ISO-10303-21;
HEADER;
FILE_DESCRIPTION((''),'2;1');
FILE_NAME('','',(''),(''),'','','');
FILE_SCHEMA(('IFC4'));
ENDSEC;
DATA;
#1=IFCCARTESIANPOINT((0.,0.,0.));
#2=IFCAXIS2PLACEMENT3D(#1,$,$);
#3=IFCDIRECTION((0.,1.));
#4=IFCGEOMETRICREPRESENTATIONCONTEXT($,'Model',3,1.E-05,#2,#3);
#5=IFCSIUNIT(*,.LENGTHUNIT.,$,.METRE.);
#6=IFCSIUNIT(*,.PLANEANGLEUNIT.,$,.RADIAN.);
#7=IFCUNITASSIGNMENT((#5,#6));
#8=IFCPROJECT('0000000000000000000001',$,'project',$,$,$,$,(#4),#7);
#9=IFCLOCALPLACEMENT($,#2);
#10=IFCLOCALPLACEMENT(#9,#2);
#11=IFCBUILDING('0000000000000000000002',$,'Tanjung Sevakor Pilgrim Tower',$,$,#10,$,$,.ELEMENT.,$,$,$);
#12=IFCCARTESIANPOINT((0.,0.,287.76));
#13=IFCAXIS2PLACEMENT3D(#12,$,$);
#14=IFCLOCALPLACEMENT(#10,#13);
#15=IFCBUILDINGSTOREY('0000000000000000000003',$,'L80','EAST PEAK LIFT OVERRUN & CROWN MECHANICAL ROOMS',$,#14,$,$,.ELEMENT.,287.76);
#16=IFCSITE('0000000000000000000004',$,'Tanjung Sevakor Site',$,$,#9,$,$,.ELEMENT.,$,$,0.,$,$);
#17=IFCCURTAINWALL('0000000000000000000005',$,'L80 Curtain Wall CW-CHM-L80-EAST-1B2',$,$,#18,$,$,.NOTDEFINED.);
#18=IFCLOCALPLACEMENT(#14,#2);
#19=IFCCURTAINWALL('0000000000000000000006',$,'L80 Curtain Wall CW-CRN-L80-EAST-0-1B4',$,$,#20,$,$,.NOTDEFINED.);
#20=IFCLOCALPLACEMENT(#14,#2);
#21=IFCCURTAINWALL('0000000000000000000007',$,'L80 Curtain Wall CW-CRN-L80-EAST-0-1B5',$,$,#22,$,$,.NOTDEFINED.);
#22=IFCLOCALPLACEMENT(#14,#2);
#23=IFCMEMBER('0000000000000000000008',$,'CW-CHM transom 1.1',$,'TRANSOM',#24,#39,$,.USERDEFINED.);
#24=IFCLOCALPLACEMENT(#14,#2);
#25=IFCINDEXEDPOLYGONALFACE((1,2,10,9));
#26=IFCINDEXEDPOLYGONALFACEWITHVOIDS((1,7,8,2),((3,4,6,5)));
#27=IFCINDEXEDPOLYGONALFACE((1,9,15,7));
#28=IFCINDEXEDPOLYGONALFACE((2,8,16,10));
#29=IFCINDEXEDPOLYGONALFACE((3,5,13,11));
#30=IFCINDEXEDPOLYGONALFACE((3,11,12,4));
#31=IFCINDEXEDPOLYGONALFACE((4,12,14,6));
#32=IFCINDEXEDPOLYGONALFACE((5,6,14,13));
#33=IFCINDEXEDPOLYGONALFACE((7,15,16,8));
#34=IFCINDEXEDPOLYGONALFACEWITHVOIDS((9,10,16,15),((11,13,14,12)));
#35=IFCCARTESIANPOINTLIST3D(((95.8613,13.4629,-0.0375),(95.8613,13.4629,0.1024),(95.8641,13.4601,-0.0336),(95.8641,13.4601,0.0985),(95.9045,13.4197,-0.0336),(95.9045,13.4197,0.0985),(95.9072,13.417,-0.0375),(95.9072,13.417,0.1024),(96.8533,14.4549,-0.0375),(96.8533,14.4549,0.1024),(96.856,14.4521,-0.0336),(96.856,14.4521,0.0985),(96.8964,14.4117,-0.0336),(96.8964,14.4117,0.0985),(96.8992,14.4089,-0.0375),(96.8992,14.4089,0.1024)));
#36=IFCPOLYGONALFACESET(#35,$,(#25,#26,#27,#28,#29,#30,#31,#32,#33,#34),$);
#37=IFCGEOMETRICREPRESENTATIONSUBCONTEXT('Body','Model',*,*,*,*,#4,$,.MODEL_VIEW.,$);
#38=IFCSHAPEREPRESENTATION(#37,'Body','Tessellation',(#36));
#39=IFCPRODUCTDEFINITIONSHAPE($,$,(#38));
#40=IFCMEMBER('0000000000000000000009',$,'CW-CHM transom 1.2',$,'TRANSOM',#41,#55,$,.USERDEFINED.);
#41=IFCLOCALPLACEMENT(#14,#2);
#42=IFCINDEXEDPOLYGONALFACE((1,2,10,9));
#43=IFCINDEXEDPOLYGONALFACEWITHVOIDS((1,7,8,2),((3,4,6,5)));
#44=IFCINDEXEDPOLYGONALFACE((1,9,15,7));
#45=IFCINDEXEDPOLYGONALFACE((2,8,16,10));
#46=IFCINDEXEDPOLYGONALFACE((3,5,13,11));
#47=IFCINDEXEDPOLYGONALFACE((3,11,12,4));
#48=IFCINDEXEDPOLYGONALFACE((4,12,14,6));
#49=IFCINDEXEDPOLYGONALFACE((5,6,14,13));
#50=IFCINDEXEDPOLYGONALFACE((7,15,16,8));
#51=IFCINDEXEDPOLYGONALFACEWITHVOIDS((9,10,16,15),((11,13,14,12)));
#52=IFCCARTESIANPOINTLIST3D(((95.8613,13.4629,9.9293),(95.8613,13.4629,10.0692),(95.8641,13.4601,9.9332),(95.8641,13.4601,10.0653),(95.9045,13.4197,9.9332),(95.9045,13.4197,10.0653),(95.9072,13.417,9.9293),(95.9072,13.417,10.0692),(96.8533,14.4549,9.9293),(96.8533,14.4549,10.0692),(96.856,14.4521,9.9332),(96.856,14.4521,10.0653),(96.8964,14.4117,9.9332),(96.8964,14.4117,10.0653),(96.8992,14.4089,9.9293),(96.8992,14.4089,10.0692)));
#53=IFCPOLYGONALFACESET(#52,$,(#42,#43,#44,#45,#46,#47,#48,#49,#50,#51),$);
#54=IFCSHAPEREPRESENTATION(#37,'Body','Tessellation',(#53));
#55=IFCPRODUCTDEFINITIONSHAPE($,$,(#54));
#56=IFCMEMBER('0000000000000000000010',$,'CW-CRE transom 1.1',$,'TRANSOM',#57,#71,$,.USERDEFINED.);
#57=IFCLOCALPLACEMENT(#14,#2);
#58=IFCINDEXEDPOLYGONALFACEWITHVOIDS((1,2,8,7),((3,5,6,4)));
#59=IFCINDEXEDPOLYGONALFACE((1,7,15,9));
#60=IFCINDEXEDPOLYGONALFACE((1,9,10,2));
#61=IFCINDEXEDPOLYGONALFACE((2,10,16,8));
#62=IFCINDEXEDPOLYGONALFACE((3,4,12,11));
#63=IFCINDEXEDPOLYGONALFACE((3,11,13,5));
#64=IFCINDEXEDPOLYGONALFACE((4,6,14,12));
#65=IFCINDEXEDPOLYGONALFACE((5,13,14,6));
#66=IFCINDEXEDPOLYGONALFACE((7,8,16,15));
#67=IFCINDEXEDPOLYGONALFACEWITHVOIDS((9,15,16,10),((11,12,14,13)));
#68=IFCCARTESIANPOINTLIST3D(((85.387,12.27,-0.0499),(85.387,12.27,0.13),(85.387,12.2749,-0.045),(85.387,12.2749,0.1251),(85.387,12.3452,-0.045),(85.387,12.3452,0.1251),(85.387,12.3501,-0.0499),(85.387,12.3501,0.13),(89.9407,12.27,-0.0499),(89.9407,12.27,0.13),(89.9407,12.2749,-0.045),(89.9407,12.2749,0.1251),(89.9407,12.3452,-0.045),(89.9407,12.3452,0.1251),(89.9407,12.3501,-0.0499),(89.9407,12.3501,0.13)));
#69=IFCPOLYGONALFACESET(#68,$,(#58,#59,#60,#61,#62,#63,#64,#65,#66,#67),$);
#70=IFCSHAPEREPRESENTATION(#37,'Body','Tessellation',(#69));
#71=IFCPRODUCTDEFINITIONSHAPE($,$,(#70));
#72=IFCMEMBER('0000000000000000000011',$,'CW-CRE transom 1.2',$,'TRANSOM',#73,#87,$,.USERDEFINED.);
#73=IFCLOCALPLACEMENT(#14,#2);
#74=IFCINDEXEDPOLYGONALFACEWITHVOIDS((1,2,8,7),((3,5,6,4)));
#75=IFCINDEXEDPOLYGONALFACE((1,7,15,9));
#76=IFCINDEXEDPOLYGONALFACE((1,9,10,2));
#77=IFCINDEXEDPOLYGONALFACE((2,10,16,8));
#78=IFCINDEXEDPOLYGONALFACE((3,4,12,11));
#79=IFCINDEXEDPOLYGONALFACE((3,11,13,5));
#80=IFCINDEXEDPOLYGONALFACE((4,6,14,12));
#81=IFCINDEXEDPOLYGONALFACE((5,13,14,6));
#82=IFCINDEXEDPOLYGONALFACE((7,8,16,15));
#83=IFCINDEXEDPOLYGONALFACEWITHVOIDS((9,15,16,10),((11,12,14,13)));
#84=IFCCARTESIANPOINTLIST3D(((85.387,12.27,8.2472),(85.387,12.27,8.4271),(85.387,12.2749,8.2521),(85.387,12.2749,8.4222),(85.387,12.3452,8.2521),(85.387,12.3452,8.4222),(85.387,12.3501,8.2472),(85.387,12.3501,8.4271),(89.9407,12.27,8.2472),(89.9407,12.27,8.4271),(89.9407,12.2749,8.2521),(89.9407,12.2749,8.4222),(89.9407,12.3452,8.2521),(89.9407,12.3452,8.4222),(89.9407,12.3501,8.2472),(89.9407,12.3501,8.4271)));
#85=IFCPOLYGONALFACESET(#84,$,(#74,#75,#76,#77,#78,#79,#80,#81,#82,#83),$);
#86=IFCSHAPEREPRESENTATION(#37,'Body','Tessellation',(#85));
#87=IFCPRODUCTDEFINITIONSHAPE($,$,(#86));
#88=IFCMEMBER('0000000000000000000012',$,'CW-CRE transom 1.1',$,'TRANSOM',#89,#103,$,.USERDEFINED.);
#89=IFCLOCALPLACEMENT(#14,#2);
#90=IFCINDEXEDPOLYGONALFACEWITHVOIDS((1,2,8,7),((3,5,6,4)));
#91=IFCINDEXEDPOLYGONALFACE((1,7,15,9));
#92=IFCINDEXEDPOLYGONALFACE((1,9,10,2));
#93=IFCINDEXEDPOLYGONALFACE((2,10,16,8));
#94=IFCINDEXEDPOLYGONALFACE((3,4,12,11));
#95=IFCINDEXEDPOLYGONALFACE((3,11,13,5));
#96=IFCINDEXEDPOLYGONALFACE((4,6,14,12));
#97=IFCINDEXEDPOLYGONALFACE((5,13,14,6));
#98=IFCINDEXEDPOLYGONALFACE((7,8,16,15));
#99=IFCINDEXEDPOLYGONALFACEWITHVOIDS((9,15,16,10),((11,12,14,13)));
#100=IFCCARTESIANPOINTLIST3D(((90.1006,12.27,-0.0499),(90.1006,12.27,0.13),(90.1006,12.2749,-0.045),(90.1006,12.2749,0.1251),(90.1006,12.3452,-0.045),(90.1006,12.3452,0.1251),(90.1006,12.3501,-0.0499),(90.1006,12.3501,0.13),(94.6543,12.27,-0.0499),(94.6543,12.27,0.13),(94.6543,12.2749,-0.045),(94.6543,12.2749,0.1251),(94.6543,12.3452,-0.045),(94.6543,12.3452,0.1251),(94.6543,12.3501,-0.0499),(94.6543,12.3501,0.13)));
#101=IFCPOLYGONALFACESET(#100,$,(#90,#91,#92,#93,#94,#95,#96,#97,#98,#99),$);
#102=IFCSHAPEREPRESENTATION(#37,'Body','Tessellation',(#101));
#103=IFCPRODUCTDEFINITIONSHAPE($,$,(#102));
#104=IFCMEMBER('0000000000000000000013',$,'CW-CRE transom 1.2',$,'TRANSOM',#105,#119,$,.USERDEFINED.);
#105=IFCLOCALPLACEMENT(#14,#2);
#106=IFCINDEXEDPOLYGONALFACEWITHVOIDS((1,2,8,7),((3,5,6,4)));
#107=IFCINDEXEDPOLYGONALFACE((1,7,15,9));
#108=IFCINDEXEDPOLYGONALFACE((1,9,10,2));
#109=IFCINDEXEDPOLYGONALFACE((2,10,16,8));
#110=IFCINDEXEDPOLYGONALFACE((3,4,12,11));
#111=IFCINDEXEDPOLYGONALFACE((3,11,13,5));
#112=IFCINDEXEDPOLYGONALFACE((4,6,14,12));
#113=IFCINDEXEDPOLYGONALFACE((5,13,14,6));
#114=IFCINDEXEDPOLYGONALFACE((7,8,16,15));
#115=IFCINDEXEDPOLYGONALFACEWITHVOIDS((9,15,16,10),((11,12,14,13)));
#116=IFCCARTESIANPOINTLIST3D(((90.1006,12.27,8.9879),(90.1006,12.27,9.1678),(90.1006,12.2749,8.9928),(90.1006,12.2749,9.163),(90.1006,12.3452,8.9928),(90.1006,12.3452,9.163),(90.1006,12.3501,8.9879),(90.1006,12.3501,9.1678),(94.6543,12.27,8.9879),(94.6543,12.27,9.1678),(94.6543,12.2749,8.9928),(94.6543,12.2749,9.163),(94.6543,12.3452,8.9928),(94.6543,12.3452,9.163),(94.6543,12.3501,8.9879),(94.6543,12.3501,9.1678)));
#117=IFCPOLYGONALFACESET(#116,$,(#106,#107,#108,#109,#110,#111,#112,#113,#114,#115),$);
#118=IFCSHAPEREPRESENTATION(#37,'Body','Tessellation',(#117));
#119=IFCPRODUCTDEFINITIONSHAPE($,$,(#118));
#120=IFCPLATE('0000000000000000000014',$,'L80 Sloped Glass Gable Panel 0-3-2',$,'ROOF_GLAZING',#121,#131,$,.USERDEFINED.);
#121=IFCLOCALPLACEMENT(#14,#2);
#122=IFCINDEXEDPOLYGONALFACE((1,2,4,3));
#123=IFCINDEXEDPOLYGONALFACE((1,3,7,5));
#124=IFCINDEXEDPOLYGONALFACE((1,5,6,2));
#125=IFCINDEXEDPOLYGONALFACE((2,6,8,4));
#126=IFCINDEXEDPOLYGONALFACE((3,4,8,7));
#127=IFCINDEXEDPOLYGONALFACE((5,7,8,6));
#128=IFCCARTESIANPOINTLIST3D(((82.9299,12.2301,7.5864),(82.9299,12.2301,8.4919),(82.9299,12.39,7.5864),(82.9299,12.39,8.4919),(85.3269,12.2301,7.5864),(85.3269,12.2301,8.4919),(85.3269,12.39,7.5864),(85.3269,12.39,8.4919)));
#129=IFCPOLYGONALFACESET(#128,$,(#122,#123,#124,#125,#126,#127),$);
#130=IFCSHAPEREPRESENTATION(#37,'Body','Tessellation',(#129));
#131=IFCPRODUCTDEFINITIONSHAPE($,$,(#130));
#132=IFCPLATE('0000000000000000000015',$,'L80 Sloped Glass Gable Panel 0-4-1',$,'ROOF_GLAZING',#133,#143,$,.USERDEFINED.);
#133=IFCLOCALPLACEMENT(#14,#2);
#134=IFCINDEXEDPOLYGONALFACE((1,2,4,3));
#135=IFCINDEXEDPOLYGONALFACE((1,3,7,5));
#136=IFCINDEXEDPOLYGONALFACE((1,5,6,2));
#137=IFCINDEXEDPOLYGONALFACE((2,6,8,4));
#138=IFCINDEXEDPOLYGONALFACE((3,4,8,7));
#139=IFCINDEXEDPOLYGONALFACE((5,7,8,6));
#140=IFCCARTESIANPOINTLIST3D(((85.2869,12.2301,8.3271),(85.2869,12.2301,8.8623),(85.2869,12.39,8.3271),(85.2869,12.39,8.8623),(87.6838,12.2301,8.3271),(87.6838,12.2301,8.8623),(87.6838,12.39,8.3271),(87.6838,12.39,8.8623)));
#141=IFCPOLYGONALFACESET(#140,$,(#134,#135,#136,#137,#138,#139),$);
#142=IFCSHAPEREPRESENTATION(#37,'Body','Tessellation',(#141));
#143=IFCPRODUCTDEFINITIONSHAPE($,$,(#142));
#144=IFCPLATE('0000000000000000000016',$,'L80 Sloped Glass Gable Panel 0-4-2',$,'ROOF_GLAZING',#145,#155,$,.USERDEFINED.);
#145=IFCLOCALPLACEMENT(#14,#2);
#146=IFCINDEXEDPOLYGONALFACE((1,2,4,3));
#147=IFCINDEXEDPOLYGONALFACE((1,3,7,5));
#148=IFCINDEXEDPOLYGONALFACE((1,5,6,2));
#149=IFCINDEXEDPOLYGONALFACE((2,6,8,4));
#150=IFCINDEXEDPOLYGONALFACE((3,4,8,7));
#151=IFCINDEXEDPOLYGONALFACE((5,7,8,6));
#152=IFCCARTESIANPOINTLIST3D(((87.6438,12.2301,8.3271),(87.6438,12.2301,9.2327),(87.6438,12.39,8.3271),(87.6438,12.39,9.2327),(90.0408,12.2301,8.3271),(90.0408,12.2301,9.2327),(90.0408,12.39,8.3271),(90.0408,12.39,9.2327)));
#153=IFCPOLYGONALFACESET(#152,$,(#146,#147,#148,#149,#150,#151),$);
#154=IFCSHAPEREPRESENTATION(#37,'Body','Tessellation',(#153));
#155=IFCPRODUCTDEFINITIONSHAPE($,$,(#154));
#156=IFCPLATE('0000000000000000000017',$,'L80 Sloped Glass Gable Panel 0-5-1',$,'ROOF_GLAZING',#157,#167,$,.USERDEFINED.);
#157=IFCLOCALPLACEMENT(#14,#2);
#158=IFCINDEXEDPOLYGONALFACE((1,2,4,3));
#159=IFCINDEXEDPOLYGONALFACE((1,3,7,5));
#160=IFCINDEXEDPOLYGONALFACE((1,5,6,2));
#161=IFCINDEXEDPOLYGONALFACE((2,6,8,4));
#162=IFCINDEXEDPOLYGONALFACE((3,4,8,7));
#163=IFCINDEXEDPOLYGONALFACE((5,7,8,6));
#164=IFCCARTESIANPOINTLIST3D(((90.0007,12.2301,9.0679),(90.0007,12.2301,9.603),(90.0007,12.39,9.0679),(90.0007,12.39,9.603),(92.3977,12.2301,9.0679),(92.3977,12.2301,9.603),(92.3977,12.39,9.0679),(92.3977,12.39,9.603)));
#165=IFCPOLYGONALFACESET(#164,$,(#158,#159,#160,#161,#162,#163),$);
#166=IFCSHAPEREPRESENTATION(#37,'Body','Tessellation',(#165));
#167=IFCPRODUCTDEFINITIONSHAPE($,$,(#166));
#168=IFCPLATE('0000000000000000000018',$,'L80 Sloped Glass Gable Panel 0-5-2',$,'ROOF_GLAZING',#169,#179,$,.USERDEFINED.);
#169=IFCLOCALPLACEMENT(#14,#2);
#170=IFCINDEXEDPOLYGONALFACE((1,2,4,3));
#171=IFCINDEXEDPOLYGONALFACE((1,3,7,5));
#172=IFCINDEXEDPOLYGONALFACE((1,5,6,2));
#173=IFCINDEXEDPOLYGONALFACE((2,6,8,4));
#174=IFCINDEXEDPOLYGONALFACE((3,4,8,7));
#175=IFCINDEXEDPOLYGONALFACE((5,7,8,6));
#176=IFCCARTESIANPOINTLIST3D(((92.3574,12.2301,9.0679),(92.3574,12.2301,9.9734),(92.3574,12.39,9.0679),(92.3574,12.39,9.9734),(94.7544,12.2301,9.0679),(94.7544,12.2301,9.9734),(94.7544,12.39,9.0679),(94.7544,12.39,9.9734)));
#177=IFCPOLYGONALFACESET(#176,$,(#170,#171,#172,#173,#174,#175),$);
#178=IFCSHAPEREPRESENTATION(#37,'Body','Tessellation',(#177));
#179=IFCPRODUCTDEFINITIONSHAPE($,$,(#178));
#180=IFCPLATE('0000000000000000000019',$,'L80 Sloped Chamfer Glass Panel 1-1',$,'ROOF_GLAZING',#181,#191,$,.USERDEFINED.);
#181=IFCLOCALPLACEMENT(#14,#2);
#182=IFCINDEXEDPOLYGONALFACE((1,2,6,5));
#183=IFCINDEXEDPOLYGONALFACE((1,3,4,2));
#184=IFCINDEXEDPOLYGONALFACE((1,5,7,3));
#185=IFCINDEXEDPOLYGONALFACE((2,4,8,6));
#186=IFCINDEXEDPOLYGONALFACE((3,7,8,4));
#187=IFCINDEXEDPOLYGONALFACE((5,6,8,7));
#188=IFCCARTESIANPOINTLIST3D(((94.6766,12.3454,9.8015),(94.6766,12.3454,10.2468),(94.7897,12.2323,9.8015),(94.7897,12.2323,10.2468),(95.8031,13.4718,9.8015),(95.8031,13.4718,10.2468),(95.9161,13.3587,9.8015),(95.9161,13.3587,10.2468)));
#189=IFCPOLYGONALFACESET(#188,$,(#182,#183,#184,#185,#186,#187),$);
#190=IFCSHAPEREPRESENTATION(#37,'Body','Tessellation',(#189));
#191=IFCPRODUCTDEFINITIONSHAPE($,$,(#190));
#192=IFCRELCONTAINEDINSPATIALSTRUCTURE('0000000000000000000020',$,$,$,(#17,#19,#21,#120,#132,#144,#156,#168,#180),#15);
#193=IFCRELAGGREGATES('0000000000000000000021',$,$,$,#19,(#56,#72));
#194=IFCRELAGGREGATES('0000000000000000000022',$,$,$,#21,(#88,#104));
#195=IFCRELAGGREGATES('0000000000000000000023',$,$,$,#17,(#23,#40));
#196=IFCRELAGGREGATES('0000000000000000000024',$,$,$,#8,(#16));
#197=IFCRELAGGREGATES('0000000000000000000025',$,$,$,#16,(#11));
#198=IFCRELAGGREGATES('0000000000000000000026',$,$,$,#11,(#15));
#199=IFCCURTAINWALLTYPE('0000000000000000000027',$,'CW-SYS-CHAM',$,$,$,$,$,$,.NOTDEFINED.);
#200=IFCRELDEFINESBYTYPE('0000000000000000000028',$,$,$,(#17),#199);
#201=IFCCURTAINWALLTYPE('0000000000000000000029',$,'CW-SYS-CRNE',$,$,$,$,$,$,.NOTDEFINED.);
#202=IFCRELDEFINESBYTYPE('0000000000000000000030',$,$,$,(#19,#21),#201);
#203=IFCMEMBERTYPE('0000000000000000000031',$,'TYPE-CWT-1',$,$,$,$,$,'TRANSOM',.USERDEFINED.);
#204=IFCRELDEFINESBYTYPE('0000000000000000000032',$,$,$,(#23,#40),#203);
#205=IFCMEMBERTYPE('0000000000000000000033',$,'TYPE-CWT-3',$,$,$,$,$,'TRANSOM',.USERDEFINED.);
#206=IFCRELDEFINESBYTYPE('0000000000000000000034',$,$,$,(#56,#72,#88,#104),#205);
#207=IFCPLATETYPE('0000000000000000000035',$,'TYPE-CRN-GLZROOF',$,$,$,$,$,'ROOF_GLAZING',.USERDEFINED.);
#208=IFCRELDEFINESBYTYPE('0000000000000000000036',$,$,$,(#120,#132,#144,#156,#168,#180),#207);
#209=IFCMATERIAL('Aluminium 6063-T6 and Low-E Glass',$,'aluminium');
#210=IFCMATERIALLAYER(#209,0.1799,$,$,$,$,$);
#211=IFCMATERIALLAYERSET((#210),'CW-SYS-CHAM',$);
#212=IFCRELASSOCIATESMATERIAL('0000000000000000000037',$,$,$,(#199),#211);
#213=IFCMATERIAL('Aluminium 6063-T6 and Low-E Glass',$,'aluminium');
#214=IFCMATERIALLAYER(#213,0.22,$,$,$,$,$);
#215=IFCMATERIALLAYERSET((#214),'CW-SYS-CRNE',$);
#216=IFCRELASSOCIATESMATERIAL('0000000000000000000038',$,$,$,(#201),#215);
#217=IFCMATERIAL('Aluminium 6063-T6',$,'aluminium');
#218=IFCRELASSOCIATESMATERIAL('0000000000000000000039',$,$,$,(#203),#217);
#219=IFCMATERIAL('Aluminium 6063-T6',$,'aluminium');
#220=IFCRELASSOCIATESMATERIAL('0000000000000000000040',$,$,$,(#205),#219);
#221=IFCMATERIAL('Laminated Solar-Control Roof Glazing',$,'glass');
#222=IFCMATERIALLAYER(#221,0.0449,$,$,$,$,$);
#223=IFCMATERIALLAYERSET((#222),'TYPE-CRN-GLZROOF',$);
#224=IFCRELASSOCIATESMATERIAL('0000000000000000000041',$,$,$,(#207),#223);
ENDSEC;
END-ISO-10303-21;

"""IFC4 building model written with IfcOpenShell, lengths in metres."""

from ifc_helpers import new_model, si_unit, direction, frame, origin, origin_2d, place, context, subcontext, project, spatial, rectangle, hollow_rectangle, extrude, material, layer, layer_set, material_profile, profile_set, type_object, element, aggregate, save


model = new_model("IFC4")

# Units and contexts
model_context = context("Model", 3, precision=1e-05, world=origin(), true_north=direction((0.0, 1.0)))
body_context = subcontext(model_context, "Body", "Model", "MODEL_VIEW")
ifc_project = project(units=[si_unit("LENGTHUNIT", "METRE"), si_unit("PLANEANGLEUNIT", "RADIAN")], contexts=[model_context])

# Site, building, storey
site_placement = place(None, origin())
site = spatial("IfcSite", under=ifc_project, at=site_placement, Name="Tanjung Sevakor Site", CompositionType="ELEMENT", RefElevation=0.0)
building_placement = place(site_placement, origin())
building = spatial("IfcBuilding", under=site, at=building_placement, Name="Tanjung Sevakor Pilgrim Tower", CompositionType="ELEMENT")
storey_placement = place(building_placement, frame((0.0, 0.0, 287.76)))
storey = spatial("IfcBuildingStorey", under=building, at=storey_placement, Name="L80", Description="EAST PEAK LIFT OVERRUN & CROWN MECHANICAL ROOMS", CompositionType="ELEMENT", Elevation=287.76)

# Curtain wall
ifc_material_1 = material(Name="Aluminium 6063-T6 and Low-E Glass", Category="aluminium")
ifc_layer_1 = layer(ifc_material_1, 0.1799)
ifc_layer_set_1 = layer_set([ifc_layer_1], Name="CW-SYS-CHAM")
curtain_wall_type_1 = type_object("IfcCurtainWallType", Name="CW-SYS-CHAM", PredefinedType="NOTDEFINED", material=ifc_layer_set_1)
curtain_wall_1_placement = place(storey_placement, origin())
curtain_wall_1 = element("IfcCurtainWall", 1, at=curtain_wall_1_placement, inside=storey, type_object=curtain_wall_type_1, Name="L80 Curtain Wall CW-CHM-L80-EAST-1B2", PredefinedType="NOTDEFINED")

# Shared definitions
ifc_material_2 = material(Name="Aluminium 6063-T6 and Low-E Glass", Category="aluminium")
ifc_layer_2 = layer(ifc_material_2, 0.22)
ifc_layer_set_2 = layer_set([ifc_layer_2], Name="CW-SYS-CRNE")
curtain_wall_type_2 = type_object("IfcCurtainWallType", Name="CW-SYS-CRNE", PredefinedType="NOTDEFINED", material=ifc_layer_set_2)

# Curtain walls
curtain_wall_2_placement = place(storey_placement, origin())
curtain_wall_2 = element("IfcCurtainWall", 2, at=curtain_wall_2_placement, inside=storey, type_object=curtain_wall_type_2, Name="L80 Curtain Wall CW-CRN-L80-EAST-0-1B4", PredefinedType="NOTDEFINED")
curtain_wall_3_placement = place(storey_placement, origin())
curtain_wall_3 = element("IfcCurtainWall", 3, at=curtain_wall_3_placement, inside=storey, type_object=curtain_wall_type_2, Name="L80 Curtain Wall CW-CRN-L80-EAST-0-1B5", PredefinedType="NOTDEFINED")

# Members
ifc_material_3 = material(Name="Aluminium 6063-T6", Category="aluminium")
ifc_material_profile_1 = material_profile(ifc_material_3, hollow_rectangle(XDim=0.0649, YDim=0.1399, WallThickness=0.0039, at=origin_2d()))
ifc_profile_set_1 = profile_set([ifc_material_profile_1], Name="Aluminium 6063-T6")
member_type_1 = type_object("IfcMemberType", Name="TYPE-CWT-1", ElementType="TRANSOM", PredefinedType="USERDEFINED", material=ifc_profile_set_1)
member_1_placement = place(storey_placement, frame((95.8843, 13.4399, 0.0325), z_axis=(0.707107, 0.707107, 0.0), x_axis=(-0.707107, 0.707107, 0.0)))
member_1 = element("IfcMember", 4, at=member_1_placement, type_object=member_type_1, Name="CW-CHM transom 1.1", ObjectType="TRANSOM", PredefinedType="USERDEFINED", context=body_context, shape_type="SweptSolid", body=[
    extrude(hollow_rectangle(XDim=0.0649, YDim=0.1399, WallThickness=0.0039, at=origin_2d()), origin(), (0.0, 0.0, 1.0), 1.4028),
])
member_2_placement = place(storey_placement, frame((95.8843, 13.4399, 9.9993), z_axis=(0.707107, 0.707107, 0.0), x_axis=(-0.707107, 0.707107, 0.0)))
member_2 = element("IfcMember", 5, at=member_2_placement, type_object=member_type_1, Name="CW-CHM transom 1.2", ObjectType="TRANSOM", PredefinedType="USERDEFINED", context=body_context, shape_type="SweptSolid", body=[
    extrude(hollow_rectangle(XDim=0.0649, YDim=0.1399, WallThickness=0.0039, at=origin_2d()), origin(), (0.0, 0.0, 1.0), 1.4028),
])
ifc_material_4 = material(Name="Aluminium 6063-T6", Category="aluminium")
ifc_material_profile_2 = material_profile(ifc_material_4, hollow_rectangle(XDim=0.0801, YDim=0.1799, WallThickness=0.0049, at=origin_2d()))
ifc_profile_set_2 = profile_set([ifc_material_profile_2], Name="Aluminium 6063-T6")
member_type_2 = type_object("IfcMemberType", Name="TYPE-CWT-3", ElementType="TRANSOM", PredefinedType="USERDEFINED", material=ifc_profile_set_2)
member_3_placement = place(storey_placement, frame((85.387, 12.3101, 0.04), z_axis=(1.0, 0.0, 0.0), x_axis=(0.0, 1.0, 0.0)))
member_3 = element("IfcMember", 6, at=member_3_placement, type_object=member_type_2, Name="CW-CRE transom 1.1", ObjectType="TRANSOM", PredefinedType="USERDEFINED", context=body_context, shape_type="SweptSolid", body=[
    extrude(hollow_rectangle(XDim=0.0801, YDim=0.1799, WallThickness=0.0049, at=origin_2d()), origin(), (0.0, 0.0, 1.0), 4.5537),
])
member_4_placement = place(storey_placement, frame((85.387, 12.3101, 8.3372), z_axis=(1.0, 0.0, 0.0), x_axis=(0.0, 1.0, 0.0)))
member_4 = element("IfcMember", 7, at=member_4_placement, type_object=member_type_2, Name="CW-CRE transom 1.2", ObjectType="TRANSOM", PredefinedType="USERDEFINED", context=body_context, shape_type="SweptSolid", body=[
    extrude(hollow_rectangle(XDim=0.0801, YDim=0.1799, WallThickness=0.0049, at=origin_2d()), origin(), (0.0, 0.0, 1.0), 4.5537),
])
member_5_placement = place(storey_placement, frame((90.1006, 12.3101, 0.04), z_axis=(1.0, 0.0, 0.0), x_axis=(0.0, 1.0, 0.0)))
member_5 = element("IfcMember", 8, at=member_5_placement, type_object=member_type_2, Name="CW-CRE transom 1.1", ObjectType="TRANSOM", PredefinedType="USERDEFINED", context=body_context, shape_type="SweptSolid", body=[
    extrude(hollow_rectangle(XDim=0.0801, YDim=0.1799, WallThickness=0.0049, at=origin_2d()), origin(), (0.0, 0.0, 1.0), 4.5537),
])
member_6_placement = place(storey_placement, frame((90.1006, 12.3101, 9.0779), z_axis=(1.0, 0.0, 0.0), x_axis=(0.0, 1.0, 0.0)))
member_6 = element("IfcMember", 9, at=member_6_placement, type_object=member_type_2, Name="CW-CRE transom 1.2", ObjectType="TRANSOM", PredefinedType="USERDEFINED", context=body_context, shape_type="SweptSolid", body=[
    extrude(hollow_rectangle(XDim=0.0801, YDim=0.1799, WallThickness=0.0049, at=origin_2d()), origin(), (0.0, 0.0, 1.0), 4.5537),
])

# Plates
ifc_material_5 = material(Name="Laminated Solar-Control Roof Glazing", Category="glass")
ifc_layer_3 = layer(ifc_material_5, 0.0449)
ifc_layer_set_3 = layer_set([ifc_layer_3], Name="TYPE-CRN-GLZROOF")
plate_type_1 = type_object("IfcPlateType", Name="TYPE-CRN-GLZROOF", ElementType="ROOF_GLAZING", PredefinedType="USERDEFINED", material=ifc_layer_set_3)
plate_1_placement = place(storey_placement, frame((84.1284, 12.3101, 7.5864), z_axis=(0.0, 0.0, 1.0), x_axis=(1.0, 0.0, 0.0)))
element("IfcPlate", 10, at=plate_1_placement, inside=storey, type_object=plate_type_1, Name="L80 Sloped Glass Gable Panel 0-3-2", ObjectType="ROOF_GLAZING", PredefinedType="USERDEFINED", context=body_context, shape_type="SweptSolid", body=[
    extrude(rectangle(XDim=2.397, YDim=0.1599, at=origin_2d()), origin(), (0.0, 0.0, 1.0), 0.9055),
])
plate_2_placement = place(storey_placement, frame((86.4854, 12.3101, 8.3271), z_axis=(0.0, 0.0, 1.0), x_axis=(1.0, 0.0, 0.0)))
element("IfcPlate", 11, at=plate_2_placement, inside=storey, type_object=plate_type_1, Name="L80 Sloped Glass Gable Panel 0-4-1", ObjectType="ROOF_GLAZING", PredefinedType="USERDEFINED", context=body_context, shape_type="SweptSolid", body=[
    extrude(rectangle(XDim=2.397, YDim=0.1599, at=origin_2d()), origin(), (0.0, 0.0, 1.0), 0.5352),
])
plate_3_placement = place(storey_placement, frame((88.8423, 12.3101, 8.3271), z_axis=(0.0, 0.0, 1.0), x_axis=(1.0, 0.0, 0.0)))
element("IfcPlate", 12, at=plate_3_placement, inside=storey, type_object=plate_type_1, Name="L80 Sloped Glass Gable Panel 0-4-2", ObjectType="ROOF_GLAZING", PredefinedType="USERDEFINED", context=body_context, shape_type="SweptSolid", body=[
    extrude(rectangle(XDim=2.397, YDim=0.1599, at=origin_2d()), origin(), (0.0, 0.0, 1.0), 0.9055),
])
plate_4_placement = place(storey_placement, frame((91.1992, 12.3101, 9.0679), z_axis=(0.0, 0.0, 1.0), x_axis=(1.0, 0.0, 0.0)))
element("IfcPlate", 13, at=plate_4_placement, inside=storey, type_object=plate_type_1, Name="L80 Sloped Glass Gable Panel 0-5-1", ObjectType="ROOF_GLAZING", PredefinedType="USERDEFINED", context=body_context, shape_type="SweptSolid", body=[
    extrude(rectangle(XDim=2.397, YDim=0.1599, at=origin_2d()), origin(), (0.0, 0.0, 1.0), 0.5352),
])
plate_5_placement = place(storey_placement, frame((93.5559, 12.3101, 9.0679), z_axis=(0.0, 0.0, 1.0), x_axis=(1.0, 0.0, 0.0)))
element("IfcPlate", 14, at=plate_5_placement, inside=storey, type_object=plate_type_1, Name="L80 Sloped Glass Gable Panel 0-5-2", ObjectType="ROOF_GLAZING", PredefinedType="USERDEFINED", context=body_context, shape_type="SweptSolid", body=[
    extrude(rectangle(XDim=2.397, YDim=0.1599, at=origin_2d()), origin(), (0.0, 0.0, 1.0), 0.9055),
])
for number, where, z_axis, x_axis, name in (
    (15, (95.2964, 12.8521, 9.8015), (0.0, 0.0, 1.0), (0.707107, 0.707107, 0.0), "L80 Sloped Chamfer Glass Panel 1-1"),
):
    element("IfcPlate", number, at=place(storey_placement, frame(where, z_axis=z_axis, x_axis=x_axis)), inside=storey, type_object=plate_type_1, Name=name, ObjectType="ROOF_GLAZING", PredefinedType="USERDEFINED", context=body_context, shape_type="SweptSolid", body=[
        extrude(rectangle(XDim=1.593, YDim=0.1599, at=origin_2d()), origin(), (0.0, 0.0, 1.0), 0.4453),
    ])

aggregate(curtain_wall_2, [member_3, member_4])
aggregate(curtain_wall_3, [member_5, member_6])
aggregate(curtain_wall_1, [member_1, member_2])

save(model, "model.ifc")
